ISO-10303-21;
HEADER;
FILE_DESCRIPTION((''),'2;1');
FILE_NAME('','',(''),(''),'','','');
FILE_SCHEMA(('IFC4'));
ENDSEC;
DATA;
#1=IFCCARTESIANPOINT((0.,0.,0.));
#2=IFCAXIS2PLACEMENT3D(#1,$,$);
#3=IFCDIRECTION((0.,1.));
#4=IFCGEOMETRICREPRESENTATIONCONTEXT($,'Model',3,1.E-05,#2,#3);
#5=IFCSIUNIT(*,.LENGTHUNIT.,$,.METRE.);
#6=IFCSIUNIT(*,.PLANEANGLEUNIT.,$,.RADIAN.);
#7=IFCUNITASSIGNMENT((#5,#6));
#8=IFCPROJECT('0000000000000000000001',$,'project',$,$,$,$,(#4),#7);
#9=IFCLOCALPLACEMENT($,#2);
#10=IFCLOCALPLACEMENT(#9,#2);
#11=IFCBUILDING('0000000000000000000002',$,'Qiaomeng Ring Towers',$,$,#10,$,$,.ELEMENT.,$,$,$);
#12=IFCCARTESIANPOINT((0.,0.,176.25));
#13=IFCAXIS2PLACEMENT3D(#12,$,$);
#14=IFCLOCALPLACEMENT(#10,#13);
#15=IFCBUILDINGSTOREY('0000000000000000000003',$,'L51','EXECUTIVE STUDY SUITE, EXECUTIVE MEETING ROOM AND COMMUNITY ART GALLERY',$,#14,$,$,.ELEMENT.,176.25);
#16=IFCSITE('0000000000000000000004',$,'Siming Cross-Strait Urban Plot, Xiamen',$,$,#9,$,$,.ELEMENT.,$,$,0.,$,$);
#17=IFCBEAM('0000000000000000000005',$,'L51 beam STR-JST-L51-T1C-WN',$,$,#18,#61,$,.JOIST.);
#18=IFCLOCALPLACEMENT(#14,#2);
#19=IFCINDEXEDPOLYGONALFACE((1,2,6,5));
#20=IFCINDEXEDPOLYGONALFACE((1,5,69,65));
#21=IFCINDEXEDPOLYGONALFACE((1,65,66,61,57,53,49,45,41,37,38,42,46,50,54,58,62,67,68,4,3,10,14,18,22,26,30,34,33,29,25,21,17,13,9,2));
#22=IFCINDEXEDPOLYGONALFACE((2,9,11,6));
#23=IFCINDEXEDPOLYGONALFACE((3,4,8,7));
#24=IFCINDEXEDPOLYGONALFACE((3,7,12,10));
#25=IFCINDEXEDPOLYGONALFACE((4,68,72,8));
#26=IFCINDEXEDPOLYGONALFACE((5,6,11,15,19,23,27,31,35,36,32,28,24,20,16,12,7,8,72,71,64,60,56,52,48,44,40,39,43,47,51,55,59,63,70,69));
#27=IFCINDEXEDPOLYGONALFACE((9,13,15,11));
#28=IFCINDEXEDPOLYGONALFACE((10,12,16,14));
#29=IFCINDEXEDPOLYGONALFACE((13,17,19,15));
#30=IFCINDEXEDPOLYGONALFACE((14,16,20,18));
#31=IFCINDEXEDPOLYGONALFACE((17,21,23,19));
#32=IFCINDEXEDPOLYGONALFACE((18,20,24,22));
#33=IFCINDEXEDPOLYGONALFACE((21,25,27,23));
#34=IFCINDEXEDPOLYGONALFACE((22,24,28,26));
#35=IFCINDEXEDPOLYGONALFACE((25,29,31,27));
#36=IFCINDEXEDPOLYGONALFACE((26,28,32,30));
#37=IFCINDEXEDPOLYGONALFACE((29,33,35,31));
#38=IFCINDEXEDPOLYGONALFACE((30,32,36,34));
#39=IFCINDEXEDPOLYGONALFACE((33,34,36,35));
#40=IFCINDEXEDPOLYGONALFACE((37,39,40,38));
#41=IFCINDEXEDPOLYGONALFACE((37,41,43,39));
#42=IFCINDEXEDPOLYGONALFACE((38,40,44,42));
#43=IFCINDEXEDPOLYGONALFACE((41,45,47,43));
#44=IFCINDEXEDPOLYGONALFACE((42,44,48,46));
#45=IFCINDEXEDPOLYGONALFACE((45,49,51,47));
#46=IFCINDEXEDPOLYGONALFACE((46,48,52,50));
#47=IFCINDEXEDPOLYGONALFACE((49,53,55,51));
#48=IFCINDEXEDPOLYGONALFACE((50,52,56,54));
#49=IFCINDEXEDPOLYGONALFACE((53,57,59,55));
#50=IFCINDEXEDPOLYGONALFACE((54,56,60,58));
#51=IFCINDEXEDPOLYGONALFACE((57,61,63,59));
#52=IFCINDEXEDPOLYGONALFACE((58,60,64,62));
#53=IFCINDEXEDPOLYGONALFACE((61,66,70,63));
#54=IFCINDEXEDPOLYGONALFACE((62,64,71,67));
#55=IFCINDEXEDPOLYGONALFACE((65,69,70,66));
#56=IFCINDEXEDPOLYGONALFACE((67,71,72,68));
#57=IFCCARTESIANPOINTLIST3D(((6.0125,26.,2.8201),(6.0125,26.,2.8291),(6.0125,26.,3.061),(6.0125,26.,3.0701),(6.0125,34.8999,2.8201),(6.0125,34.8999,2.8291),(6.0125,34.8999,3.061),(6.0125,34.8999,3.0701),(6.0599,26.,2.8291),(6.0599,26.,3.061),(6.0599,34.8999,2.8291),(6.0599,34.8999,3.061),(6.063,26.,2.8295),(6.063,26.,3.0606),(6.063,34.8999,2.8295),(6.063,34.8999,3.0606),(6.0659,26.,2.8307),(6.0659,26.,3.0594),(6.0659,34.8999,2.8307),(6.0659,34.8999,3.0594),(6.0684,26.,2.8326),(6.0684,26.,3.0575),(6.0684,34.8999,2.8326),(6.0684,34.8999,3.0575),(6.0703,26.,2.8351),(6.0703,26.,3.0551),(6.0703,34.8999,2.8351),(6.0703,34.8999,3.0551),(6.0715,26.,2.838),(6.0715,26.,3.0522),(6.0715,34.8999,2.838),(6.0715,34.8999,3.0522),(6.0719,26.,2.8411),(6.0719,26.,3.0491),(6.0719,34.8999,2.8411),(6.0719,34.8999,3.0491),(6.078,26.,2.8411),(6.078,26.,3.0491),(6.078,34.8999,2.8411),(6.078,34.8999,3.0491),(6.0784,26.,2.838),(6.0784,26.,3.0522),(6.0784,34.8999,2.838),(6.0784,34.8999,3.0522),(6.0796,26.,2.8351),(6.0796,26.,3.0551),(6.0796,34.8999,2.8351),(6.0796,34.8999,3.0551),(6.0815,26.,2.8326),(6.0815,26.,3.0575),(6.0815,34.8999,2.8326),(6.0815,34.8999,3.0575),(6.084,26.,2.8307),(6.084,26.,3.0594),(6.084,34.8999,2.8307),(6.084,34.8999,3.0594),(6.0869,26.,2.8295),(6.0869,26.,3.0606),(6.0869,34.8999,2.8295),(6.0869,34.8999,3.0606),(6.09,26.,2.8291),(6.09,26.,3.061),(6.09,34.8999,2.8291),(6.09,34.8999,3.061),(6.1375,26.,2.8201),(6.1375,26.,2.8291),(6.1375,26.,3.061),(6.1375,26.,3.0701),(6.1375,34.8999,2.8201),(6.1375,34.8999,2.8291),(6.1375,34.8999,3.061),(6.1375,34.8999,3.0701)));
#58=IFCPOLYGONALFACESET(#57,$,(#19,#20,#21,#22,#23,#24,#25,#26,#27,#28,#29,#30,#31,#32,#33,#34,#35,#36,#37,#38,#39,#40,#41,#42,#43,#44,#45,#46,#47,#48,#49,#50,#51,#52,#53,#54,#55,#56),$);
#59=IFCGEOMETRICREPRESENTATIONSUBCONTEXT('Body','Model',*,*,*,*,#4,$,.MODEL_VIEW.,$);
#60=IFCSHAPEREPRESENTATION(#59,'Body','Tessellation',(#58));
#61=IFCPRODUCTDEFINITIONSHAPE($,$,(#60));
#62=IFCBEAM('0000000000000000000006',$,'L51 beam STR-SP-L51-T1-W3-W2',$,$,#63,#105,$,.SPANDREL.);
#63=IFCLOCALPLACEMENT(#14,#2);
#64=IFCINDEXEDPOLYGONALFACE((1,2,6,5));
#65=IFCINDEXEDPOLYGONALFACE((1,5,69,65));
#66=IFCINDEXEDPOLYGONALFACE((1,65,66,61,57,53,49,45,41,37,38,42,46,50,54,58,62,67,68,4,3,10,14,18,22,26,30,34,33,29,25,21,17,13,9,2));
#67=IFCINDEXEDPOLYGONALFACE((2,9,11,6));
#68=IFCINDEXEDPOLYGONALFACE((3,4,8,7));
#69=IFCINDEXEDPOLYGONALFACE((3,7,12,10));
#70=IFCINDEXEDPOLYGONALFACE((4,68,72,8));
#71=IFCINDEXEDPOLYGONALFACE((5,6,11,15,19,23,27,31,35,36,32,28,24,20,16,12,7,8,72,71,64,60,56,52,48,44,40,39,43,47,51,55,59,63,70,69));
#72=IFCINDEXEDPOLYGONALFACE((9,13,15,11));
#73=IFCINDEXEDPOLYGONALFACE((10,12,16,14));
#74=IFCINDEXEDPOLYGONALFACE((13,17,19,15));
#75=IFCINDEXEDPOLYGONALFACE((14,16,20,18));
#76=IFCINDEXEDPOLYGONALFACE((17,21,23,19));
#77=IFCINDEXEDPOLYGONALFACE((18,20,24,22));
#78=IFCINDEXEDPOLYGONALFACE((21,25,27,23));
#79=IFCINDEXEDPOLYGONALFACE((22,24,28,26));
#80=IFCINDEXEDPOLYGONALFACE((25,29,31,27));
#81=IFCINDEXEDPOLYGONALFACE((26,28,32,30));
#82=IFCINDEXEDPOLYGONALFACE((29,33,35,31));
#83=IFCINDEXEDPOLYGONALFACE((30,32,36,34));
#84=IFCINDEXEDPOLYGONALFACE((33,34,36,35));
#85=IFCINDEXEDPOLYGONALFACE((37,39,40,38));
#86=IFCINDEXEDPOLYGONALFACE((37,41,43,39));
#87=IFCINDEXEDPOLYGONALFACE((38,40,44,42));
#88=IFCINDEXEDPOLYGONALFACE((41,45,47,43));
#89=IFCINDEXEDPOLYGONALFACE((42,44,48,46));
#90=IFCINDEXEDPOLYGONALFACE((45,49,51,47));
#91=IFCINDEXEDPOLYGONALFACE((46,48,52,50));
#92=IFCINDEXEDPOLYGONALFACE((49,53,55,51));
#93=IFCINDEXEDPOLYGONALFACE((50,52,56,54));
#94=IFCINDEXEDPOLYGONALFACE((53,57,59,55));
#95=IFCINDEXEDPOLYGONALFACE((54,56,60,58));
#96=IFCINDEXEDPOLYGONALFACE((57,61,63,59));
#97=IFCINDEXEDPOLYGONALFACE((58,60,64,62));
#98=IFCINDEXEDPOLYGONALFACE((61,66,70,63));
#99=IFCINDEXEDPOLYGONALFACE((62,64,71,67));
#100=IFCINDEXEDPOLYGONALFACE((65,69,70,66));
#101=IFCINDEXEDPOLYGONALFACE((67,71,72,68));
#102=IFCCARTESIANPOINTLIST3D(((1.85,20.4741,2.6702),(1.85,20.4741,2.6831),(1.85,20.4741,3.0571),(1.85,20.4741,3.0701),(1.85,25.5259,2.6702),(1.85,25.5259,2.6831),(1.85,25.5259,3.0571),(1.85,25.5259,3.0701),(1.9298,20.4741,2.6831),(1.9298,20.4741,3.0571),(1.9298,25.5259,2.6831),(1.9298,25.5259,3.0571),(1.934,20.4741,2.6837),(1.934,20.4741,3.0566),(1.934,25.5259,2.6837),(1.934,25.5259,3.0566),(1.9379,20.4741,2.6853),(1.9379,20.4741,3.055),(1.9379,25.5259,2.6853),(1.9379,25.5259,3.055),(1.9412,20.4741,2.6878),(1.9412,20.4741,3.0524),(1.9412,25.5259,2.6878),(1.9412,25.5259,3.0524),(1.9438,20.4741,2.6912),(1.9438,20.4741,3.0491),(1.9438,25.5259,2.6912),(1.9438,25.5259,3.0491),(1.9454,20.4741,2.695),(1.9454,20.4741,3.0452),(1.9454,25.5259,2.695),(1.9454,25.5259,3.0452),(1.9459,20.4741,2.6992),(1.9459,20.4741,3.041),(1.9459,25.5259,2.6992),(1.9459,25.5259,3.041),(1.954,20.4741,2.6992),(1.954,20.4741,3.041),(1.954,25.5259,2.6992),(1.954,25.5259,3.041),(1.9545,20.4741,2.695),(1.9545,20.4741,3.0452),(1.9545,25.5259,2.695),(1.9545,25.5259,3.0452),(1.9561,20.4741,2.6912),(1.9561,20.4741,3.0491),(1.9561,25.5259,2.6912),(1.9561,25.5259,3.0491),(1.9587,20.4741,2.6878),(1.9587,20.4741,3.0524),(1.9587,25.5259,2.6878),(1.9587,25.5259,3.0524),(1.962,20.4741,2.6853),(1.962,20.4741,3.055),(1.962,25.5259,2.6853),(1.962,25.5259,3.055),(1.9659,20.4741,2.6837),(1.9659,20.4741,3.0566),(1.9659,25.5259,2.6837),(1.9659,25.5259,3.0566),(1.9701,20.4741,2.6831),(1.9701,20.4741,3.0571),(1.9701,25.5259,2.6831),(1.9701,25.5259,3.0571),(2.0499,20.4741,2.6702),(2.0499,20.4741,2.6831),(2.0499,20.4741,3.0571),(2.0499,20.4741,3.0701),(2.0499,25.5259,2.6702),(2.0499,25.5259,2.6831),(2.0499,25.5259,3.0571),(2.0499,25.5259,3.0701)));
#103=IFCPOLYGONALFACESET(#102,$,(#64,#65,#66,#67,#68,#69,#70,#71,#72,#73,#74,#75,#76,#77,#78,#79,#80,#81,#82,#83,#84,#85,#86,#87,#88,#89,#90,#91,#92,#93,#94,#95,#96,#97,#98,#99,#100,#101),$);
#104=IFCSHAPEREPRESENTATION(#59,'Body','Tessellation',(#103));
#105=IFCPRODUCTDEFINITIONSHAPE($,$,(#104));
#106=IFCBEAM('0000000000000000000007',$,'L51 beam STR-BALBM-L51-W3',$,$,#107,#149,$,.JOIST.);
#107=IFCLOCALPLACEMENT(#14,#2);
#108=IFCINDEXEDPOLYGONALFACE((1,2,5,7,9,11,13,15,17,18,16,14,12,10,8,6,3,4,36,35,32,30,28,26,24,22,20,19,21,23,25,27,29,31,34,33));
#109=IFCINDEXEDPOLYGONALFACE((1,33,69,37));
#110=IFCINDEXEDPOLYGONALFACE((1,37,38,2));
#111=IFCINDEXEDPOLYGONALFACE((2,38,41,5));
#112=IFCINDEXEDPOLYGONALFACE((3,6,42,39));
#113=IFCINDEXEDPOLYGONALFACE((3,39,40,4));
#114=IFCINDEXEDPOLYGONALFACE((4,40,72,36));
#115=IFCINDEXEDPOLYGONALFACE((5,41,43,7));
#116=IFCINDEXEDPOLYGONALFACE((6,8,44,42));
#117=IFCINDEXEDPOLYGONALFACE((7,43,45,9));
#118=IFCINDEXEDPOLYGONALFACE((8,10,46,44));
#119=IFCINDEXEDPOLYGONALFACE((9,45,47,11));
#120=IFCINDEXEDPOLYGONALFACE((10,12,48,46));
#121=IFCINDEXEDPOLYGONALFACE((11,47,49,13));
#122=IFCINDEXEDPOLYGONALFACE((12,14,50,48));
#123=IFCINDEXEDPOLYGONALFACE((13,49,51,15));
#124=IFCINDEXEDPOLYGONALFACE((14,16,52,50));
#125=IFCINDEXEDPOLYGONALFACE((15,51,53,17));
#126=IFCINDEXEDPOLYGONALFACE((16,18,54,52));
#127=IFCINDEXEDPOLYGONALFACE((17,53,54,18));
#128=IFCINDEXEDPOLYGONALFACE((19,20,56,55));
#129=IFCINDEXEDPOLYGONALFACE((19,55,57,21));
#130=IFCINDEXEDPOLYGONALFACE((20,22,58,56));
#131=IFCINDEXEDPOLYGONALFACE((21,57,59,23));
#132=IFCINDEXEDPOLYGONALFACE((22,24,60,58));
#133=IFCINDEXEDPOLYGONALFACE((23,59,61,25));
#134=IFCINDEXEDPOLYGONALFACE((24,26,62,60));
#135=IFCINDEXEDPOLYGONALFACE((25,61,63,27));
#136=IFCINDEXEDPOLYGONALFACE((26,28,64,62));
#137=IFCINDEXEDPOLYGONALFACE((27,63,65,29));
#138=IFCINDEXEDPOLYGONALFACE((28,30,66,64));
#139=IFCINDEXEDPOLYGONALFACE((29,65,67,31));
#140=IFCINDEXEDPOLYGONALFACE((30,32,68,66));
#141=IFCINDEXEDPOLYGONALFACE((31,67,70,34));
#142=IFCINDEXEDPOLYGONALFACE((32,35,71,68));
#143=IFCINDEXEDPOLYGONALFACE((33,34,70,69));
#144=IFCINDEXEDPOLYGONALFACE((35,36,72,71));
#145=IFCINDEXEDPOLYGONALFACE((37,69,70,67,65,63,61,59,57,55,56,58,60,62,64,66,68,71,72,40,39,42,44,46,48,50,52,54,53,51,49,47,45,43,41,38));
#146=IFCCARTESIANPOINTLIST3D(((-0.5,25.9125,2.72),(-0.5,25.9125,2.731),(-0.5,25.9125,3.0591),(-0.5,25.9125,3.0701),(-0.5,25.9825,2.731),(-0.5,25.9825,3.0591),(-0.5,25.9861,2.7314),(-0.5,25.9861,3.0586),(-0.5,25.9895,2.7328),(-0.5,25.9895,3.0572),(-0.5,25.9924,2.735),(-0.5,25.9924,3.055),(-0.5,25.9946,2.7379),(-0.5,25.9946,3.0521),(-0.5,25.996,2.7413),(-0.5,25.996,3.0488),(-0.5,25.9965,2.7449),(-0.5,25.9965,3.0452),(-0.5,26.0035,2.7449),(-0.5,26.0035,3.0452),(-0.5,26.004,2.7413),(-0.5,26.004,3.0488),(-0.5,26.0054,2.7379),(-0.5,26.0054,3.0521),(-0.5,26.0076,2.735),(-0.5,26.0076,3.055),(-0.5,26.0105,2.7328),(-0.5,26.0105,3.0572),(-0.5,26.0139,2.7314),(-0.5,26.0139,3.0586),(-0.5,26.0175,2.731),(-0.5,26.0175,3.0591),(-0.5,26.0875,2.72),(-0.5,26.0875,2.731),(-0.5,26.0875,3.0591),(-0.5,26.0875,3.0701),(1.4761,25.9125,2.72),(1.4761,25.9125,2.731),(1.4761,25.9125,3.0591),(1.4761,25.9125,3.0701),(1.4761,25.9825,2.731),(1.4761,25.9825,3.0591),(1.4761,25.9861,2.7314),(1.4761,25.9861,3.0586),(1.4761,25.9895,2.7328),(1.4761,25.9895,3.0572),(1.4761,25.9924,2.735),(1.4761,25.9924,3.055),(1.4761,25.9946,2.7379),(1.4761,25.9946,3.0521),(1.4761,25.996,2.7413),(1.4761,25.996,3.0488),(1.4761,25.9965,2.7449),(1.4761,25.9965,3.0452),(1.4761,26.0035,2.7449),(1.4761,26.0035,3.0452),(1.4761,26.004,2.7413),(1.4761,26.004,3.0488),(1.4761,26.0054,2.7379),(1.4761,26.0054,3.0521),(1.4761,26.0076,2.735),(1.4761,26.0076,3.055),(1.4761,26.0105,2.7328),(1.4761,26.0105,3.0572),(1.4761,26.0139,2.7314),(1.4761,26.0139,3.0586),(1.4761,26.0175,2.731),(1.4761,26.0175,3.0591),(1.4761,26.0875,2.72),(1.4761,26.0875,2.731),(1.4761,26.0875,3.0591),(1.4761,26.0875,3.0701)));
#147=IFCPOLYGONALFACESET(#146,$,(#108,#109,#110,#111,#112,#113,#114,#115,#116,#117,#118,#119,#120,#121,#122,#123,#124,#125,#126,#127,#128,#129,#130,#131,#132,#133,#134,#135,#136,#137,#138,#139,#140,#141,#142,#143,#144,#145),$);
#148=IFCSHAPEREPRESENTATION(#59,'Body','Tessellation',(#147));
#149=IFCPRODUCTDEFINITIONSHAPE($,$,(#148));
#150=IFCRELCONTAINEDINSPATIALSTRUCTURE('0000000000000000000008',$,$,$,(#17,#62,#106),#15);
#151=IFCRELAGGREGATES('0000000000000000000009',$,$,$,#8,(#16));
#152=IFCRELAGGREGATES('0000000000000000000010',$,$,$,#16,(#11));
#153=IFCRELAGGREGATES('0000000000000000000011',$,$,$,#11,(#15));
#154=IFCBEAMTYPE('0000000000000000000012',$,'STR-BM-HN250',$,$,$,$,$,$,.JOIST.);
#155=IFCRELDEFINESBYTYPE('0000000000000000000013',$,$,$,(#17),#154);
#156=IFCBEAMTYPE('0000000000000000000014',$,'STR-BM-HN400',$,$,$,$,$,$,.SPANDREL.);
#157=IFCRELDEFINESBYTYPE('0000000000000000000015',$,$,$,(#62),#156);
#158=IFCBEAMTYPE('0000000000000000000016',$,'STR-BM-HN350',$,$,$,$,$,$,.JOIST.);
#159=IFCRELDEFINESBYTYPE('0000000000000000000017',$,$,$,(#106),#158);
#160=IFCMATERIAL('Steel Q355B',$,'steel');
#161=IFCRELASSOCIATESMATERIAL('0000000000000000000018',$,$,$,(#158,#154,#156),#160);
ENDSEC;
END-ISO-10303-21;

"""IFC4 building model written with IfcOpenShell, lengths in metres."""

from ifc_helpers import new_model, si_unit, direction, frame, origin, origin_2d, place, context, subcontext, project, spatial, i_section, extrude, source, transform, mapped, material, material_profile, profile_set, type_object, element, save


model = new_model("IFC4")

# Units and contexts
model_context = context("Model", 3, precision=1e-05, world=origin(), true_north=direction((0.0, 1.0)))
body_context = subcontext(model_context, "Body", "Model", "MODEL_VIEW")
ifc_project = project(units=[si_unit("LENGTHUNIT", "METRE"), si_unit("PLANEANGLEUNIT", "RADIAN")], contexts=[model_context])

# Site, building, storey
site_placement = place(None, origin())
site = spatial("IfcSite", under=ifc_project, at=site_placement, Name="Siming Cross-Strait Urban Plot, Xiamen", CompositionType="ELEMENT", RefElevation=0.0)
building_placement = place(site_placement, origin())
building = spatial("IfcBuilding", under=site, at=building_placement, Name="Qiaomeng Ring Towers", CompositionType="ELEMENT")
storey_placement = place(building_placement, frame((0.0, 0.0, 176.25)))
storey = spatial("IfcBuildingStorey", under=building, at=storey_placement, Name="L51", Description="EXECUTIVE STUDY SUITE, EXECUTIVE MEETING ROOM AND COMMUNITY ART GALLERY", CompositionType="ELEMENT", Elevation=176.25)

# Beams
ifc_material_1 = material(Name="Steel Q355B", Category="steel")
ifc_material_profile_1 = material_profile(ifc_material_1, i_section(OverallWidth=0.175, OverallDepth=0.3501, WebThickness=0.0071, FlangeThickness=0.011, FilletRadius=0.0139, at=origin_2d()), Name="HN 350x175x7x11")
ifc_profile_set_1 = profile_set([ifc_material_profile_1], Name="Steel Q355B")
beam_type_1 = type_object("IfcBeamType", Name="STR-BM-HN350", PredefinedType="JOIST", material=ifc_profile_set_1)
ifc_material_profile_2 = material_profile(ifc_material_1, i_section(OverallWidth=0.125, OverallDepth=0.25, WebThickness=0.0061, FlangeThickness=0.009, FilletRadius=0.012, at=origin_2d()), Name="HN 250x125x6x9")
ifc_profile_set_2 = profile_set([ifc_material_profile_2], Name="Steel Q355B")
beam_type_2 = type_object("IfcBeamType", Name="STR-BM-HN250", PredefinedType="JOIST", material=ifc_profile_set_2)
shared_shape_1 = source(origin(), body_context, "Body", "SweptSolid", [
    extrude(i_section(OverallWidth=0.125, OverallDepth=0.25, WebThickness=0.0061, FlangeThickness=0.009, FilletRadius=0.012, at=origin_2d()), origin(), (0.0, 0.0, 1.0), 8.8999),
])
beam_1_placement = place(storey_placement, frame((6.075, 26.0, 2.9451), z_axis=(0.0, 1.0, 0.0), x_axis=(-1.0, 0.0, 0.0)))
element("IfcBeam", 1, at=beam_1_placement, inside=storey, type_object=beam_type_2, Name="L51 beam STR-JST-L51-T1C-WN", PredefinedType="JOIST", context=body_context, shape_type="MappedRepresentation", body=[
    mapped(shared_shape_1, transform((0.0, 0.0, 0.0), x_axis=(1.0, 0.0, 0.0), y_axis=(0.0, 1.0, 0.0), z_axis=(0.0, 0.0, 1.0), scale=1.0)),
])
ifc_material_profile_3 = material_profile(ifc_material_1, i_section(OverallWidth=0.2, OverallDepth=0.3999, WebThickness=0.0081, FlangeThickness=0.0129, FilletRadius=0.0161, at=origin_2d()), Name="HN 400x200x8x13")
ifc_profile_set_3 = profile_set([ifc_material_profile_3], Name="Steel Q355B")
beam_type_3 = type_object("IfcBeamType", Name="STR-BM-HN400", PredefinedType="SPANDREL", material=ifc_profile_set_3)
shared_shape_2 = source(origin(), body_context, "Body", "SweptSolid", [
    extrude(i_section(OverallWidth=0.2, OverallDepth=0.3999, WebThickness=0.0081, FlangeThickness=0.0129, FilletRadius=0.0161, at=origin_2d()), origin(), (0.0, 0.0, 1.0), 5.0518),
])
beam_2_placement = place(storey_placement, frame((1.95, 25.5259, 2.8701), z_axis=(0.0, -1.0, 0.0), x_axis=(1.0, 0.0, 0.0)))
element("IfcBeam", 2, at=beam_2_placement, inside=storey, type_object=beam_type_3, Name="L51 beam STR-SP-L51-T1-W3-W2", PredefinedType="SPANDREL", context=body_context, shape_type="MappedRepresentation", body=[
    mapped(shared_shape_2, transform((0.0, 0.0, 0.0), x_axis=(1.0, 0.0, 0.0), y_axis=(0.0, 1.0, 0.0), z_axis=(0.0, 0.0, 1.0), scale=1.0)),
])
shared_shape_3 = source(origin(), body_context, "Body", "SweptSolid", [
    extrude(i_section(OverallWidth=0.175, OverallDepth=0.3501, WebThickness=0.0071, FlangeThickness=0.011, FilletRadius=0.0139, at=origin_2d()), origin(), (0.0, 0.0, 1.0), 1.9761),
])
beam_3_placement = place(storey_placement, frame((-0.5, 26.0, 2.895), z_axis=(1.0, 0.0, 0.0), x_axis=(0.0, 1.0, 0.0)))
element("IfcBeam", 3, at=beam_3_placement, inside=storey, type_object=beam_type_1, Name="L51 beam STR-BALBM-L51-W3", PredefinedType="JOIST", context=body_context, shape_type="MappedRepresentation", body=[
    mapped(shared_shape_3, transform((0.0, 0.0, 0.0), x_axis=(1.0, 0.0, 0.0), y_axis=(0.0, 1.0, 0.0), z_axis=(0.0, 0.0, 1.0), scale=1.0)),
])

save(model, "model.ifc")
